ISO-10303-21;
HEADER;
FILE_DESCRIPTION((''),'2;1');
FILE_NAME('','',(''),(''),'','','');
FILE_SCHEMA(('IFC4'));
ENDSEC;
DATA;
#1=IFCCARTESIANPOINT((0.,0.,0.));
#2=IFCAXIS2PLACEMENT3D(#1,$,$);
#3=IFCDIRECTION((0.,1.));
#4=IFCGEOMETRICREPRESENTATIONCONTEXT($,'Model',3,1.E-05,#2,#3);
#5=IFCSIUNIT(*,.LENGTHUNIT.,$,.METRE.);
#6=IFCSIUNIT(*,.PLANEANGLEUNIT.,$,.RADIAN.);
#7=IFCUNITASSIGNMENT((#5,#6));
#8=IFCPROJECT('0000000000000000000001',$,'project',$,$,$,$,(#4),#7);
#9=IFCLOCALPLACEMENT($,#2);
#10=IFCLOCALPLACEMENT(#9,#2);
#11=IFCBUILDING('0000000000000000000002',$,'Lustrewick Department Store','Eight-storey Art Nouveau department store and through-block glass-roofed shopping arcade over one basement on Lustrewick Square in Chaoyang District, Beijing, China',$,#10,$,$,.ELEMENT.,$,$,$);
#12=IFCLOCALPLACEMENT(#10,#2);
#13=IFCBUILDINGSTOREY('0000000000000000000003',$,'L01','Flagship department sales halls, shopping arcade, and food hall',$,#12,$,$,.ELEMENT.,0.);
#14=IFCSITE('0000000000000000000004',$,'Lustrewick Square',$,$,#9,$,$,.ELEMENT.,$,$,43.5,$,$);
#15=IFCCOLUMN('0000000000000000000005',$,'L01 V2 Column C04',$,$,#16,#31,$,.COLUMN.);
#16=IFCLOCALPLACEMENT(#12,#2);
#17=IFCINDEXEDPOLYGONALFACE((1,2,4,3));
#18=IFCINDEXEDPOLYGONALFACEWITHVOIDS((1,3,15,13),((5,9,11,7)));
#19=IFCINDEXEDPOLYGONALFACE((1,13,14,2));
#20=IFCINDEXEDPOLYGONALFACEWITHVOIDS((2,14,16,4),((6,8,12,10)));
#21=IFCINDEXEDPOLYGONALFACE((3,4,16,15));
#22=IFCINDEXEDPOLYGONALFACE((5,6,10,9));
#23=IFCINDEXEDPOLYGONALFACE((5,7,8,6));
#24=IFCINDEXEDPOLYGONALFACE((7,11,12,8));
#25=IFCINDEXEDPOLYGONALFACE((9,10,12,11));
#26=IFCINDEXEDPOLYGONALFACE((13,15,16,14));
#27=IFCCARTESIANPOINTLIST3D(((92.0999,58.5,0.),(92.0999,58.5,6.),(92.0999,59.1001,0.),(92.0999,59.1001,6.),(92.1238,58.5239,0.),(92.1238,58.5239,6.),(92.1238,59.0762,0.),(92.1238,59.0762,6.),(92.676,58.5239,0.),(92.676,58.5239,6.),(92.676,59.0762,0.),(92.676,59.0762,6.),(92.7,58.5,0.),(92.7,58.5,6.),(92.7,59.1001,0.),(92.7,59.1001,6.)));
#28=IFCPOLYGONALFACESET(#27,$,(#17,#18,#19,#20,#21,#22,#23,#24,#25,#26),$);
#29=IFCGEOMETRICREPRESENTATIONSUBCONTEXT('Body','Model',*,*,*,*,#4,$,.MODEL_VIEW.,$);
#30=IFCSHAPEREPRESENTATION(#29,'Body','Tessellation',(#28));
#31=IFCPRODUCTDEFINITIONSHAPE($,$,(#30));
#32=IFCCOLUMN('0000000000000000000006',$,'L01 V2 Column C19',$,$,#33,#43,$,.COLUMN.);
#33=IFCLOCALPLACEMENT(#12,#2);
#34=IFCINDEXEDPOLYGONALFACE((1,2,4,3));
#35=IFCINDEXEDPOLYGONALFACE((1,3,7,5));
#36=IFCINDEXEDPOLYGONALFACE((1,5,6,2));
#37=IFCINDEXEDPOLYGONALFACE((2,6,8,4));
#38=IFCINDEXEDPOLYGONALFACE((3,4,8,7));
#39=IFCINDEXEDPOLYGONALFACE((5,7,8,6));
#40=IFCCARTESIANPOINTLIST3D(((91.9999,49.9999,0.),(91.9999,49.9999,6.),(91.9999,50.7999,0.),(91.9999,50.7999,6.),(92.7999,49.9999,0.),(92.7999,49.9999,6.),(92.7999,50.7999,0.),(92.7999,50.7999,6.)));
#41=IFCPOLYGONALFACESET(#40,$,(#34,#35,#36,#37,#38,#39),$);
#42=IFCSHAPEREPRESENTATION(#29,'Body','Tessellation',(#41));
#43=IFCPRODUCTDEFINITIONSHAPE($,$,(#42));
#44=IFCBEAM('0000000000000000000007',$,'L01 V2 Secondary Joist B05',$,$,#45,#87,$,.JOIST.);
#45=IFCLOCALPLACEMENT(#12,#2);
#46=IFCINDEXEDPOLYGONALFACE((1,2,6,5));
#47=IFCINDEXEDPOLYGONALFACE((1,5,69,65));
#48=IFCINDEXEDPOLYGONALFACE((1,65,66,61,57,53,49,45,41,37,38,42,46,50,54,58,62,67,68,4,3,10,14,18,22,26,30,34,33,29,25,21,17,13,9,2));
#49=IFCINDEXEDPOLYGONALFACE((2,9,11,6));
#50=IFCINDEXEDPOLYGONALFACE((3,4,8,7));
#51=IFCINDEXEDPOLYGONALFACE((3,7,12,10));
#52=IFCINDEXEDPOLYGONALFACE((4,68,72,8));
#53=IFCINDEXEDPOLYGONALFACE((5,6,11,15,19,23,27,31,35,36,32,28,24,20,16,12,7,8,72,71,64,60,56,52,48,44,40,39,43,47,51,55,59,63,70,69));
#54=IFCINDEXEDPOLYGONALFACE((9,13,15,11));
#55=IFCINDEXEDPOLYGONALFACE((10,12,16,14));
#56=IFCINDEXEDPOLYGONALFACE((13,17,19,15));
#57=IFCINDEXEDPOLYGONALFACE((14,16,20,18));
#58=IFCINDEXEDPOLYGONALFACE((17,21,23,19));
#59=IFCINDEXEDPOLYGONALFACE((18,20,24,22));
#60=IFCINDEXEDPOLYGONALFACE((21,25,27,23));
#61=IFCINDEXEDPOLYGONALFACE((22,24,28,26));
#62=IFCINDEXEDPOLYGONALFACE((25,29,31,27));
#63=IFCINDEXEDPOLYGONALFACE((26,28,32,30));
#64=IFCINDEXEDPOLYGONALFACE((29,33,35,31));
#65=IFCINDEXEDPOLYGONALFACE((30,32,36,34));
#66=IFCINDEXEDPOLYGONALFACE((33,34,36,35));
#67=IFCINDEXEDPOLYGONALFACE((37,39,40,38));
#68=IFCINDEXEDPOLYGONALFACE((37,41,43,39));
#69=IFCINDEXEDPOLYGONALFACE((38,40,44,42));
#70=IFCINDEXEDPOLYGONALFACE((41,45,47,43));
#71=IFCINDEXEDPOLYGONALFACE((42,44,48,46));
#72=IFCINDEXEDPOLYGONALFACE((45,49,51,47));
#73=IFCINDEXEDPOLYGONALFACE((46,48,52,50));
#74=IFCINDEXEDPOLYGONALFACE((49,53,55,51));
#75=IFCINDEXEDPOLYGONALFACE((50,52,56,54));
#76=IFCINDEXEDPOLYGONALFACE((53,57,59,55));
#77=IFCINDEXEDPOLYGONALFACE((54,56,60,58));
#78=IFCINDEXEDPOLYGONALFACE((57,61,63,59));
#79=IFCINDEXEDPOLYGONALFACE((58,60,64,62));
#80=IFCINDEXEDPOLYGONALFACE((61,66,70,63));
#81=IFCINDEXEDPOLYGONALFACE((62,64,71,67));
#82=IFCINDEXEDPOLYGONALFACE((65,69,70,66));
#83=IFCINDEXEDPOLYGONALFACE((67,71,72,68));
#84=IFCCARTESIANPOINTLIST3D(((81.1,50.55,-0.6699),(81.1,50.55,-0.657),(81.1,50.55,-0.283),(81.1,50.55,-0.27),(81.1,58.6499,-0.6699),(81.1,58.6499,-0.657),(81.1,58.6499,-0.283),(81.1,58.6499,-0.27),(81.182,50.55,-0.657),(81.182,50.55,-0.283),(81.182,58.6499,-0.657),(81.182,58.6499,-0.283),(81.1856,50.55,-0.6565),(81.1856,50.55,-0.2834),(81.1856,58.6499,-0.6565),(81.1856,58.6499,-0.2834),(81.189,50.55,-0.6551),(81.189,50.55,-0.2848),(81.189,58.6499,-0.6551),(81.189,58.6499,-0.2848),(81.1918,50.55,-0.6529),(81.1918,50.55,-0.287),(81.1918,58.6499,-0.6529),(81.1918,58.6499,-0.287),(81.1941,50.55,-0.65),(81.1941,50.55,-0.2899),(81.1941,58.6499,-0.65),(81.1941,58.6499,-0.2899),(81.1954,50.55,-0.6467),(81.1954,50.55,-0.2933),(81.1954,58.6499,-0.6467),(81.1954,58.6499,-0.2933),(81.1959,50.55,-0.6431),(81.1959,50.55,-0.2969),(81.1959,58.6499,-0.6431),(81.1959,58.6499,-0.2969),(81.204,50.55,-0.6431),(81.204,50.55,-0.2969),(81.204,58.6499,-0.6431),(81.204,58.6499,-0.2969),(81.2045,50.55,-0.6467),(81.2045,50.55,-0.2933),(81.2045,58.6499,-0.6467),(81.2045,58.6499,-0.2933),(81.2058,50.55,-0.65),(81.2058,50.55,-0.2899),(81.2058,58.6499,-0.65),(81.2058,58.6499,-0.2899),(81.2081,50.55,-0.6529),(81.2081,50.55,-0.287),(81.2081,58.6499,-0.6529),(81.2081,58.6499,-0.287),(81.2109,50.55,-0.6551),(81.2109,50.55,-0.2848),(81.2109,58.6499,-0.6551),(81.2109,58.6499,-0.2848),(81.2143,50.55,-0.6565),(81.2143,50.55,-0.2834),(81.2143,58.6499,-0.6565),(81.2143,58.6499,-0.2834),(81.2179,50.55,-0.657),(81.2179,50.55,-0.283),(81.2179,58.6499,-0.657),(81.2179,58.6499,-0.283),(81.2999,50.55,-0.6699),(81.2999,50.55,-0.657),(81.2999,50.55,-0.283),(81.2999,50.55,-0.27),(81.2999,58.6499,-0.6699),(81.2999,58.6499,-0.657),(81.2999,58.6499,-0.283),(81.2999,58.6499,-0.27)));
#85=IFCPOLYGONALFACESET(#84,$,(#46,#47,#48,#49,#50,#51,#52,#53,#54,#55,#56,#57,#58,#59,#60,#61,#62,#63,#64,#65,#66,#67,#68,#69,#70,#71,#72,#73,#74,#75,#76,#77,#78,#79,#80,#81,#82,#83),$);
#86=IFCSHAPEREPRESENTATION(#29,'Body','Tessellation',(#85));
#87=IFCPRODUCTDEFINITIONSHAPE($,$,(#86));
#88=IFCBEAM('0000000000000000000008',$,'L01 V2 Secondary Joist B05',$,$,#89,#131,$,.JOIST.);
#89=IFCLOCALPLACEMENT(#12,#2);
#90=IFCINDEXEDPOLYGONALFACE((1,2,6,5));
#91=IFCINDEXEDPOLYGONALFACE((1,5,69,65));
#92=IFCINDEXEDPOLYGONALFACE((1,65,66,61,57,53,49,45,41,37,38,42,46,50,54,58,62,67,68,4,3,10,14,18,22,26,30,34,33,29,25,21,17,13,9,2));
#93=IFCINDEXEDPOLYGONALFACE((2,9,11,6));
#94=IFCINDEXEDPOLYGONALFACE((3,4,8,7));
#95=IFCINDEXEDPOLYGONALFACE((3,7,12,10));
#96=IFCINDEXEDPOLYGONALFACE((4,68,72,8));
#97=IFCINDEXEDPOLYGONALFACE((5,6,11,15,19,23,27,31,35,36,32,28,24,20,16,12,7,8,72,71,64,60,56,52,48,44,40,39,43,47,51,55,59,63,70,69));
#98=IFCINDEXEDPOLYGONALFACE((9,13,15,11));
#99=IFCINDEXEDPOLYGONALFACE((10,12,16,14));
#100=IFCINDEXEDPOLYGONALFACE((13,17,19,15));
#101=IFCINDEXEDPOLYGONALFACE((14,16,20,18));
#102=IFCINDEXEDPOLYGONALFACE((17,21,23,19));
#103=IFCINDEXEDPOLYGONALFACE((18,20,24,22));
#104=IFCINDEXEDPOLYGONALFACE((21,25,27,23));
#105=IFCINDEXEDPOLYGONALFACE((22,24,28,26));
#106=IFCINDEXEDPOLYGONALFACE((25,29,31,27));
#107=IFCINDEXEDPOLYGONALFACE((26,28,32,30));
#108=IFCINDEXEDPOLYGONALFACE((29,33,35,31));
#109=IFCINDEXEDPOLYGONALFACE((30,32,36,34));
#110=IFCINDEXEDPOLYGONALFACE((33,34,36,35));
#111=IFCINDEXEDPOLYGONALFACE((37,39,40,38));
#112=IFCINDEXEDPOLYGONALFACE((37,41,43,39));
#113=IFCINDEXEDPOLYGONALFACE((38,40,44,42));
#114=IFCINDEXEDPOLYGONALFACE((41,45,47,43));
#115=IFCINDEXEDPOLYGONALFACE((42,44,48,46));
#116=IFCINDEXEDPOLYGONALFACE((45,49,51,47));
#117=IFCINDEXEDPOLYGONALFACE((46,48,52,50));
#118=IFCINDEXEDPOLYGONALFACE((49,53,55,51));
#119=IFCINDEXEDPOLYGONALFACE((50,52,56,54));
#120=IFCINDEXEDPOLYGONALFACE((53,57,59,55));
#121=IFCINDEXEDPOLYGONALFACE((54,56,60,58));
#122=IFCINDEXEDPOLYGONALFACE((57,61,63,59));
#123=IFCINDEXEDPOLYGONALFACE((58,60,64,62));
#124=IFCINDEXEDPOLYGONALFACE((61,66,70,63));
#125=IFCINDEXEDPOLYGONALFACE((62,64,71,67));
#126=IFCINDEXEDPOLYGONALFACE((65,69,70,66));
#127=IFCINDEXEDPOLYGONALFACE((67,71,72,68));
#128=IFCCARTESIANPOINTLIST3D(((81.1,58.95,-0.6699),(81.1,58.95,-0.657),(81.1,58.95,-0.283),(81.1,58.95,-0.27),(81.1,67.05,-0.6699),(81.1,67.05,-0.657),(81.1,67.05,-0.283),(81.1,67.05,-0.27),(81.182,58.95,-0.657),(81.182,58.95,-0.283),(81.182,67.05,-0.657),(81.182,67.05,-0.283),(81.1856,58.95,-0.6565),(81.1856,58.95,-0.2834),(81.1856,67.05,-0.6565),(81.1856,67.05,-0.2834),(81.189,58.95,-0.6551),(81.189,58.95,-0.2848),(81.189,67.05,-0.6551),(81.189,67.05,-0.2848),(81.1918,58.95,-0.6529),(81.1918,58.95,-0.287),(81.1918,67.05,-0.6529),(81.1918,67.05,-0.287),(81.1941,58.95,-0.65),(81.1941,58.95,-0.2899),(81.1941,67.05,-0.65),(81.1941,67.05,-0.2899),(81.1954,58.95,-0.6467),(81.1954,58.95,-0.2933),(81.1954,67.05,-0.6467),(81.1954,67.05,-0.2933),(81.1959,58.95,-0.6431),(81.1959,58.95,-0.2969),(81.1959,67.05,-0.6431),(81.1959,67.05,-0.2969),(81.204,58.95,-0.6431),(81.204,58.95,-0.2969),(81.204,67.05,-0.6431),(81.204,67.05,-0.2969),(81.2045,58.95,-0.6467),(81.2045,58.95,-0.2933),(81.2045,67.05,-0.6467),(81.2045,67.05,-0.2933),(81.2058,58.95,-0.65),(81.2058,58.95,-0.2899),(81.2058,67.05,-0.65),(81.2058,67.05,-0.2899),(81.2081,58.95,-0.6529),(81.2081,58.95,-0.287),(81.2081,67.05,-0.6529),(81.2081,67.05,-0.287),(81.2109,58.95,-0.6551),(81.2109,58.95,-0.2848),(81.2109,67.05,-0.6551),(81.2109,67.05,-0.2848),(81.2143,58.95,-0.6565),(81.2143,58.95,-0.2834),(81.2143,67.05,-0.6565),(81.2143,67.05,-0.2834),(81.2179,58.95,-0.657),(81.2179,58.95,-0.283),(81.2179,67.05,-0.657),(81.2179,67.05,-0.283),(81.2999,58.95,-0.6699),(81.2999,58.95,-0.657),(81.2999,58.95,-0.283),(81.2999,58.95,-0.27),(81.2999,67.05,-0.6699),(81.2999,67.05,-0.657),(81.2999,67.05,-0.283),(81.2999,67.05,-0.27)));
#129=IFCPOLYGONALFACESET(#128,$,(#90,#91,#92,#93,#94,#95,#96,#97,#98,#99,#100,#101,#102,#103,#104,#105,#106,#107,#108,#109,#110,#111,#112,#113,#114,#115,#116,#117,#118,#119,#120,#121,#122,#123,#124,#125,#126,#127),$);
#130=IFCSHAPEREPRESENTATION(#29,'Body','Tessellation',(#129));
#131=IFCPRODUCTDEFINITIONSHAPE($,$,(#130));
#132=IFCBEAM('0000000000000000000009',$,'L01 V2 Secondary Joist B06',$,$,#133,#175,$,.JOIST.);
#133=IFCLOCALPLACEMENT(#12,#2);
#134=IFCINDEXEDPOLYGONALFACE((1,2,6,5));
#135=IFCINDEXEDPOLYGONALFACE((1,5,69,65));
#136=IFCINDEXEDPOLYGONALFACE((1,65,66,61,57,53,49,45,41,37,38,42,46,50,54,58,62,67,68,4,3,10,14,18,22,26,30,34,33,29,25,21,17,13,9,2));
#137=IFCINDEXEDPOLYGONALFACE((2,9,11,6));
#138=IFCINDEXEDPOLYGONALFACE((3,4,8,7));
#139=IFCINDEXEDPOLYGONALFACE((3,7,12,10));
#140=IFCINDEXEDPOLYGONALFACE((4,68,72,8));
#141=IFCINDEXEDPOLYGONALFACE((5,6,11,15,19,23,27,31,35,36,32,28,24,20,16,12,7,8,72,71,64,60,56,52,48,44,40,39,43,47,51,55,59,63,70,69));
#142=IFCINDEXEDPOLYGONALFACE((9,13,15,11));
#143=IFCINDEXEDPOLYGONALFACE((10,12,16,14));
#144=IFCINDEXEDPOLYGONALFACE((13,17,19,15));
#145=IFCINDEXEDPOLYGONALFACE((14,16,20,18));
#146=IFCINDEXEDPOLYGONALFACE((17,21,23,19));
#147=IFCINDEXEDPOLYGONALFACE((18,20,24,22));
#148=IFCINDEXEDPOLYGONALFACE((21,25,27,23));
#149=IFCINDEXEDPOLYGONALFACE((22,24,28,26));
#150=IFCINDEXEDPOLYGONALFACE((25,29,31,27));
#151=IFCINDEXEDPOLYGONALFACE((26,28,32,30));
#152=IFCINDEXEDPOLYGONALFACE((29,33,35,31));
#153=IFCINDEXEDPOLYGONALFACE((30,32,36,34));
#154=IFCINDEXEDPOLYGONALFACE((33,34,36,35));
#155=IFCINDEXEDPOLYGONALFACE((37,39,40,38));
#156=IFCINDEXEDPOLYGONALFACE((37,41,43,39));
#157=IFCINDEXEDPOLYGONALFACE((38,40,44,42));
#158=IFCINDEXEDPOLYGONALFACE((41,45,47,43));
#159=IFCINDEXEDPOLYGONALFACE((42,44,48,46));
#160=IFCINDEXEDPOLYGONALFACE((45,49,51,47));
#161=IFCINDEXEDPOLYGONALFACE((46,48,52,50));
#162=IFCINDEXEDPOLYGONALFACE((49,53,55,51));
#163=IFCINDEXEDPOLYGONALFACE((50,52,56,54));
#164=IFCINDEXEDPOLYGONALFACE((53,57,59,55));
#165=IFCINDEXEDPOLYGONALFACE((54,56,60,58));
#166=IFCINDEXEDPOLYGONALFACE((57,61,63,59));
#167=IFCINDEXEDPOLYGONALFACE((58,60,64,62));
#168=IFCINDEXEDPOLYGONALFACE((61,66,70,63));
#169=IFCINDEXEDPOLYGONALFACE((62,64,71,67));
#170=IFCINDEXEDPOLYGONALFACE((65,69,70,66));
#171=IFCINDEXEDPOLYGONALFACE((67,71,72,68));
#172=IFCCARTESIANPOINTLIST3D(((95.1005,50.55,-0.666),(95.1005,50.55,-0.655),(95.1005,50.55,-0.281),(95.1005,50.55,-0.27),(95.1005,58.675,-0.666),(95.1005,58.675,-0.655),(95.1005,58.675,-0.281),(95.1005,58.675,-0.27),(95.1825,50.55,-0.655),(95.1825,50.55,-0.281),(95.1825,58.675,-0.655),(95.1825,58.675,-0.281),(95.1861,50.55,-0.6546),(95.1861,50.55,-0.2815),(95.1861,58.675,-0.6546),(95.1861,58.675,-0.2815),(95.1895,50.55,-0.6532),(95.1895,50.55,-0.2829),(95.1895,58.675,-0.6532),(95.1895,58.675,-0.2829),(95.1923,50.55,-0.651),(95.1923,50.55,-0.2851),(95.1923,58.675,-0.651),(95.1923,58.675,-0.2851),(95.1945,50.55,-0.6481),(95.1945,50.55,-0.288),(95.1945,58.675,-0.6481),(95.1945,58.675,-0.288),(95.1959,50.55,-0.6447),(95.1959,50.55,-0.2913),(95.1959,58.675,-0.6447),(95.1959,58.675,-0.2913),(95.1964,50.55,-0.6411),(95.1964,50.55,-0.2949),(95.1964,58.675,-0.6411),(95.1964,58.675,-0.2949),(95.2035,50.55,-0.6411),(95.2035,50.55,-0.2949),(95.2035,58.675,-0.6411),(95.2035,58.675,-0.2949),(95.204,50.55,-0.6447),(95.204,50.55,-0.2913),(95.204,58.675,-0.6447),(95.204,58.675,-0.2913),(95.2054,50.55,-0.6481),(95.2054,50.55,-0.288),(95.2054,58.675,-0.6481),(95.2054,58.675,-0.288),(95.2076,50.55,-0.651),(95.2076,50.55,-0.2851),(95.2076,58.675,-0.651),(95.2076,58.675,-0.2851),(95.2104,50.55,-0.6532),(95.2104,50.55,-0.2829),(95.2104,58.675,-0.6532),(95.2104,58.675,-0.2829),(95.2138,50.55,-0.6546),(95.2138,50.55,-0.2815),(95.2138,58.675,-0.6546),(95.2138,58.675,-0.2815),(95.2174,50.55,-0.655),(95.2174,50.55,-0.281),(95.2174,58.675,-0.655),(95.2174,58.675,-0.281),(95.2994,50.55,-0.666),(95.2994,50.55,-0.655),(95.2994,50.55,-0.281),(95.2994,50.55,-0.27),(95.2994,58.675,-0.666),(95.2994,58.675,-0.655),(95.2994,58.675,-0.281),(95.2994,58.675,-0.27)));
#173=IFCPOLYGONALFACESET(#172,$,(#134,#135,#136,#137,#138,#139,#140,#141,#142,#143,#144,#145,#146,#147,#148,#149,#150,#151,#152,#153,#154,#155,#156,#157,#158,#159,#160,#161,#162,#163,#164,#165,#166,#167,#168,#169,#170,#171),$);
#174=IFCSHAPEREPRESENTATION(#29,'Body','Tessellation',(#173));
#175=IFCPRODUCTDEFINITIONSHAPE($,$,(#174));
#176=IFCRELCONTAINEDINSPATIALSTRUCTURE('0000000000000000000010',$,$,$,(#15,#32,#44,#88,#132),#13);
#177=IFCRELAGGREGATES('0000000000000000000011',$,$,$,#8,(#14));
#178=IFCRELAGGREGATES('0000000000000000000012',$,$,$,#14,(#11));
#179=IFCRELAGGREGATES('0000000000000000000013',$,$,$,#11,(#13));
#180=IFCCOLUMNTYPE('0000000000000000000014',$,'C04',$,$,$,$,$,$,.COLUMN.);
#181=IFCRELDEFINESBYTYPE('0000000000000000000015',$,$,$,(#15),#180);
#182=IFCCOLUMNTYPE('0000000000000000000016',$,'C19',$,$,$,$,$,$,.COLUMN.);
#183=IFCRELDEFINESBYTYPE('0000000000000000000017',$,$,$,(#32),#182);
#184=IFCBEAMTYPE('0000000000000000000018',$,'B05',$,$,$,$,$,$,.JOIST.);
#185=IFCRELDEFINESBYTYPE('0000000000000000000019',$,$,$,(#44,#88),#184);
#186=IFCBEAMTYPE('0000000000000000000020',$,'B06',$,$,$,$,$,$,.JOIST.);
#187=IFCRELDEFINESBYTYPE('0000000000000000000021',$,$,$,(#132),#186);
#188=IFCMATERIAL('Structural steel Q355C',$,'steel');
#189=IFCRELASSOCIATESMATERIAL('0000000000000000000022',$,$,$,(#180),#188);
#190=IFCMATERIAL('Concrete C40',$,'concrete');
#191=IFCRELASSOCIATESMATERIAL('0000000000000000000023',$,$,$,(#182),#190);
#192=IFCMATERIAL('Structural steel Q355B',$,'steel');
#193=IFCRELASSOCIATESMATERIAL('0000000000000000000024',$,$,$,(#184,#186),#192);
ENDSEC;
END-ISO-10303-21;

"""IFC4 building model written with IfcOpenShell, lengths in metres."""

from ifc_helpers import new_model, si_unit, direction, frame, origin, origin_2d, place, context, subcontext, project, spatial, rectangle, hollow_rectangle, i_section, extrude, material, material_profile, profile_set, type_object, element, save


model = new_model("IFC4")

# Units and contexts
model_context = context("Model", 3, precision=1e-05, world=origin(), true_north=direction((0.0, 1.0)))
body_context = subcontext(model_context, "Body", "Model", "MODEL_VIEW")
ifc_project = project(units=[si_unit("LENGTHUNIT", "METRE"), si_unit("PLANEANGLEUNIT", "RADIAN")], contexts=[model_context])

# Site, building, storey
site_placement = place(None, origin())
site = spatial("IfcSite", under=ifc_project, at=site_placement, Name="Lustrewick Square", CompositionType="ELEMENT", RefElevation=43.5)
building_placement = place(site_placement, origin())
building = spatial("IfcBuilding", under=site, at=building_placement, Name="Lustrewick Department Store", Description="Eight-storey Art Nouveau department store and through-block glass-roofed shopping arcade over one basement on Lustrewick Square in Chaoyang District, Beijing, China", CompositionType="ELEMENT")
storey_placement = place(building_placement, origin())
storey = spatial("IfcBuildingStorey", under=building, at=storey_placement, Name="L01", Description="Flagship department sales halls, shopping arcade, and food hall", CompositionType="ELEMENT", Elevation=0.0)

# Columns
ifc_material_1 = material(Name="Structural steel Q355C", Category="steel")
ifc_material_profile_1 = material_profile(ifc_material_1, hollow_rectangle(XDim=0.6001, YDim=0.6001, WallThickness=0.0239, at=origin_2d()), Name="BOX 600x600x24")
ifc_profile_set_1 = profile_set([ifc_material_profile_1], Name="Structural steel Q355C")
column_type_1 = type_object("IfcColumnType", Name="C04", PredefinedType="COLUMN", material=ifc_profile_set_1)
column_1_placement = place(storey_placement, frame((92.3999, 58.8, 0.0), z_axis=(0.0, 0.0, 1.0), x_axis=(1.0, 0.0, 0.0)))
element("IfcColumn", 1, at=column_1_placement, inside=storey, type_object=column_type_1, Name="L01 V2 Column C04", PredefinedType="COLUMN", context=body_context, shape_type="SweptSolid", body=[
    extrude(hollow_rectangle(XDim=0.6001, YDim=0.6001, WallThickness=0.0239, at=origin_2d()), origin(), (0.0, 0.0, 1.0), 6.0),
])
ifc_material_2 = material(Name="Concrete C40", Category="concrete")
ifc_material_profile_2 = material_profile(ifc_material_2, rectangle(XDim=0.8, YDim=0.8, at=origin_2d()), Name="RC 800x800")
ifc_profile_set_2 = profile_set([ifc_material_profile_2], Name="Concrete C40")
column_type_2 = type_object("IfcColumnType", Name="C19", PredefinedType="COLUMN", material=ifc_profile_set_2)
column_2_placement = place(storey_placement, frame((92.3999, 50.3999, 0.0), z_axis=(0.0, 0.0, 1.0), x_axis=(1.0, 0.0, 0.0)))
element("IfcColumn", 2, at=column_2_placement, inside=storey, type_object=column_type_2, Name="L01 V2 Column C19", PredefinedType="COLUMN", context=body_context, shape_type="SweptSolid", body=[
    extrude(rectangle(XDim=0.8, YDim=0.8, at=origin_2d()), origin(), (0.0, 0.0, 1.0), 6.0),
])

# Beams
ifc_material_3 = material(Name="Structural steel Q355B", Category="steel")
ifc_material_profile_3 = material_profile(ifc_material_3, i_section(OverallWidth=0.2, OverallDepth=0.3999, WebThickness=0.0081, FlangeThickness=0.0129, FilletRadius=0.0139, at=origin_2d()), Name="HN 400x200x8x13")
ifc_profile_set_3 = profile_set([ifc_material_profile_3], Name="Structural steel Q355B")
beam_type_1 = type_object("IfcBeamType", Name="B05", PredefinedType="JOIST", material=ifc_profile_set_3)
beam_1_placement = place(storey_placement, frame((81.2, 50.55, -0.47), z_axis=(0.0, 1.0, 0.0), x_axis=(-1.0, 0.0, 0.0)))
element("IfcBeam", 3, at=beam_1_placement, inside=storey, type_object=beam_type_1, Name="L01 V2 Secondary Joist B05", PredefinedType="JOIST", context=body_context, shape_type="SweptSolid", body=[
    extrude(i_section(OverallWidth=0.2, OverallDepth=0.3999, WebThickness=0.0081, FlangeThickness=0.0129, FilletRadius=0.0139, at=origin_2d()), origin(), (0.0, 0.0, 1.0), 8.0999),
])
beam_2_placement = place(storey_placement, frame((81.2, 58.95, -0.47), z_axis=(0.0, 1.0, 0.0), x_axis=(-1.0, 0.0, 0.0)))
element("IfcBeam", 4, at=beam_2_placement, inside=storey, type_object=beam_type_1, Name="L01 V2 Secondary Joist B05", PredefinedType="JOIST", context=body_context, shape_type="SweptSolid", body=[
    extrude(i_section(OverallWidth=0.2, OverallDepth=0.3999, WebThickness=0.0081, FlangeThickness=0.0129, FilletRadius=0.0139, at=origin_2d()), origin(), (0.0, 0.0, 1.0), 8.1001),
])
ifc_material_profile_4 = material_profile(ifc_material_3, i_section(OverallWidth=0.199, OverallDepth=0.396, WebThickness=0.0071, FlangeThickness=0.011, FilletRadius=0.0139, at=origin_2d()), Name="HN 396x199x7x11")
ifc_profile_set_4 = profile_set([ifc_material_profile_4], Name="Structural steel Q355B")
beam_type_2 = type_object("IfcBeamType", Name="B06", PredefinedType="JOIST", material=ifc_profile_set_4)
beam_3_placement = place(storey_placement, frame((95.2, 50.55, -0.468), z_axis=(0.0, 1.0, 0.0), x_axis=(-1.0, 0.0, 0.0)))
element("IfcBeam", 5, at=beam_3_placement, inside=storey, type_object=beam_type_2, Name="L01 V2 Secondary Joist B06", PredefinedType="JOIST", context=body_context, shape_type="SweptSolid", body=[
    extrude(i_section(OverallWidth=0.199, OverallDepth=0.396, WebThickness=0.0071, FlangeThickness=0.011, FilletRadius=0.0139, at=origin_2d()), origin(), (0.0, 0.0, 1.0), 8.125),
])

save(model, "model.ifc")
